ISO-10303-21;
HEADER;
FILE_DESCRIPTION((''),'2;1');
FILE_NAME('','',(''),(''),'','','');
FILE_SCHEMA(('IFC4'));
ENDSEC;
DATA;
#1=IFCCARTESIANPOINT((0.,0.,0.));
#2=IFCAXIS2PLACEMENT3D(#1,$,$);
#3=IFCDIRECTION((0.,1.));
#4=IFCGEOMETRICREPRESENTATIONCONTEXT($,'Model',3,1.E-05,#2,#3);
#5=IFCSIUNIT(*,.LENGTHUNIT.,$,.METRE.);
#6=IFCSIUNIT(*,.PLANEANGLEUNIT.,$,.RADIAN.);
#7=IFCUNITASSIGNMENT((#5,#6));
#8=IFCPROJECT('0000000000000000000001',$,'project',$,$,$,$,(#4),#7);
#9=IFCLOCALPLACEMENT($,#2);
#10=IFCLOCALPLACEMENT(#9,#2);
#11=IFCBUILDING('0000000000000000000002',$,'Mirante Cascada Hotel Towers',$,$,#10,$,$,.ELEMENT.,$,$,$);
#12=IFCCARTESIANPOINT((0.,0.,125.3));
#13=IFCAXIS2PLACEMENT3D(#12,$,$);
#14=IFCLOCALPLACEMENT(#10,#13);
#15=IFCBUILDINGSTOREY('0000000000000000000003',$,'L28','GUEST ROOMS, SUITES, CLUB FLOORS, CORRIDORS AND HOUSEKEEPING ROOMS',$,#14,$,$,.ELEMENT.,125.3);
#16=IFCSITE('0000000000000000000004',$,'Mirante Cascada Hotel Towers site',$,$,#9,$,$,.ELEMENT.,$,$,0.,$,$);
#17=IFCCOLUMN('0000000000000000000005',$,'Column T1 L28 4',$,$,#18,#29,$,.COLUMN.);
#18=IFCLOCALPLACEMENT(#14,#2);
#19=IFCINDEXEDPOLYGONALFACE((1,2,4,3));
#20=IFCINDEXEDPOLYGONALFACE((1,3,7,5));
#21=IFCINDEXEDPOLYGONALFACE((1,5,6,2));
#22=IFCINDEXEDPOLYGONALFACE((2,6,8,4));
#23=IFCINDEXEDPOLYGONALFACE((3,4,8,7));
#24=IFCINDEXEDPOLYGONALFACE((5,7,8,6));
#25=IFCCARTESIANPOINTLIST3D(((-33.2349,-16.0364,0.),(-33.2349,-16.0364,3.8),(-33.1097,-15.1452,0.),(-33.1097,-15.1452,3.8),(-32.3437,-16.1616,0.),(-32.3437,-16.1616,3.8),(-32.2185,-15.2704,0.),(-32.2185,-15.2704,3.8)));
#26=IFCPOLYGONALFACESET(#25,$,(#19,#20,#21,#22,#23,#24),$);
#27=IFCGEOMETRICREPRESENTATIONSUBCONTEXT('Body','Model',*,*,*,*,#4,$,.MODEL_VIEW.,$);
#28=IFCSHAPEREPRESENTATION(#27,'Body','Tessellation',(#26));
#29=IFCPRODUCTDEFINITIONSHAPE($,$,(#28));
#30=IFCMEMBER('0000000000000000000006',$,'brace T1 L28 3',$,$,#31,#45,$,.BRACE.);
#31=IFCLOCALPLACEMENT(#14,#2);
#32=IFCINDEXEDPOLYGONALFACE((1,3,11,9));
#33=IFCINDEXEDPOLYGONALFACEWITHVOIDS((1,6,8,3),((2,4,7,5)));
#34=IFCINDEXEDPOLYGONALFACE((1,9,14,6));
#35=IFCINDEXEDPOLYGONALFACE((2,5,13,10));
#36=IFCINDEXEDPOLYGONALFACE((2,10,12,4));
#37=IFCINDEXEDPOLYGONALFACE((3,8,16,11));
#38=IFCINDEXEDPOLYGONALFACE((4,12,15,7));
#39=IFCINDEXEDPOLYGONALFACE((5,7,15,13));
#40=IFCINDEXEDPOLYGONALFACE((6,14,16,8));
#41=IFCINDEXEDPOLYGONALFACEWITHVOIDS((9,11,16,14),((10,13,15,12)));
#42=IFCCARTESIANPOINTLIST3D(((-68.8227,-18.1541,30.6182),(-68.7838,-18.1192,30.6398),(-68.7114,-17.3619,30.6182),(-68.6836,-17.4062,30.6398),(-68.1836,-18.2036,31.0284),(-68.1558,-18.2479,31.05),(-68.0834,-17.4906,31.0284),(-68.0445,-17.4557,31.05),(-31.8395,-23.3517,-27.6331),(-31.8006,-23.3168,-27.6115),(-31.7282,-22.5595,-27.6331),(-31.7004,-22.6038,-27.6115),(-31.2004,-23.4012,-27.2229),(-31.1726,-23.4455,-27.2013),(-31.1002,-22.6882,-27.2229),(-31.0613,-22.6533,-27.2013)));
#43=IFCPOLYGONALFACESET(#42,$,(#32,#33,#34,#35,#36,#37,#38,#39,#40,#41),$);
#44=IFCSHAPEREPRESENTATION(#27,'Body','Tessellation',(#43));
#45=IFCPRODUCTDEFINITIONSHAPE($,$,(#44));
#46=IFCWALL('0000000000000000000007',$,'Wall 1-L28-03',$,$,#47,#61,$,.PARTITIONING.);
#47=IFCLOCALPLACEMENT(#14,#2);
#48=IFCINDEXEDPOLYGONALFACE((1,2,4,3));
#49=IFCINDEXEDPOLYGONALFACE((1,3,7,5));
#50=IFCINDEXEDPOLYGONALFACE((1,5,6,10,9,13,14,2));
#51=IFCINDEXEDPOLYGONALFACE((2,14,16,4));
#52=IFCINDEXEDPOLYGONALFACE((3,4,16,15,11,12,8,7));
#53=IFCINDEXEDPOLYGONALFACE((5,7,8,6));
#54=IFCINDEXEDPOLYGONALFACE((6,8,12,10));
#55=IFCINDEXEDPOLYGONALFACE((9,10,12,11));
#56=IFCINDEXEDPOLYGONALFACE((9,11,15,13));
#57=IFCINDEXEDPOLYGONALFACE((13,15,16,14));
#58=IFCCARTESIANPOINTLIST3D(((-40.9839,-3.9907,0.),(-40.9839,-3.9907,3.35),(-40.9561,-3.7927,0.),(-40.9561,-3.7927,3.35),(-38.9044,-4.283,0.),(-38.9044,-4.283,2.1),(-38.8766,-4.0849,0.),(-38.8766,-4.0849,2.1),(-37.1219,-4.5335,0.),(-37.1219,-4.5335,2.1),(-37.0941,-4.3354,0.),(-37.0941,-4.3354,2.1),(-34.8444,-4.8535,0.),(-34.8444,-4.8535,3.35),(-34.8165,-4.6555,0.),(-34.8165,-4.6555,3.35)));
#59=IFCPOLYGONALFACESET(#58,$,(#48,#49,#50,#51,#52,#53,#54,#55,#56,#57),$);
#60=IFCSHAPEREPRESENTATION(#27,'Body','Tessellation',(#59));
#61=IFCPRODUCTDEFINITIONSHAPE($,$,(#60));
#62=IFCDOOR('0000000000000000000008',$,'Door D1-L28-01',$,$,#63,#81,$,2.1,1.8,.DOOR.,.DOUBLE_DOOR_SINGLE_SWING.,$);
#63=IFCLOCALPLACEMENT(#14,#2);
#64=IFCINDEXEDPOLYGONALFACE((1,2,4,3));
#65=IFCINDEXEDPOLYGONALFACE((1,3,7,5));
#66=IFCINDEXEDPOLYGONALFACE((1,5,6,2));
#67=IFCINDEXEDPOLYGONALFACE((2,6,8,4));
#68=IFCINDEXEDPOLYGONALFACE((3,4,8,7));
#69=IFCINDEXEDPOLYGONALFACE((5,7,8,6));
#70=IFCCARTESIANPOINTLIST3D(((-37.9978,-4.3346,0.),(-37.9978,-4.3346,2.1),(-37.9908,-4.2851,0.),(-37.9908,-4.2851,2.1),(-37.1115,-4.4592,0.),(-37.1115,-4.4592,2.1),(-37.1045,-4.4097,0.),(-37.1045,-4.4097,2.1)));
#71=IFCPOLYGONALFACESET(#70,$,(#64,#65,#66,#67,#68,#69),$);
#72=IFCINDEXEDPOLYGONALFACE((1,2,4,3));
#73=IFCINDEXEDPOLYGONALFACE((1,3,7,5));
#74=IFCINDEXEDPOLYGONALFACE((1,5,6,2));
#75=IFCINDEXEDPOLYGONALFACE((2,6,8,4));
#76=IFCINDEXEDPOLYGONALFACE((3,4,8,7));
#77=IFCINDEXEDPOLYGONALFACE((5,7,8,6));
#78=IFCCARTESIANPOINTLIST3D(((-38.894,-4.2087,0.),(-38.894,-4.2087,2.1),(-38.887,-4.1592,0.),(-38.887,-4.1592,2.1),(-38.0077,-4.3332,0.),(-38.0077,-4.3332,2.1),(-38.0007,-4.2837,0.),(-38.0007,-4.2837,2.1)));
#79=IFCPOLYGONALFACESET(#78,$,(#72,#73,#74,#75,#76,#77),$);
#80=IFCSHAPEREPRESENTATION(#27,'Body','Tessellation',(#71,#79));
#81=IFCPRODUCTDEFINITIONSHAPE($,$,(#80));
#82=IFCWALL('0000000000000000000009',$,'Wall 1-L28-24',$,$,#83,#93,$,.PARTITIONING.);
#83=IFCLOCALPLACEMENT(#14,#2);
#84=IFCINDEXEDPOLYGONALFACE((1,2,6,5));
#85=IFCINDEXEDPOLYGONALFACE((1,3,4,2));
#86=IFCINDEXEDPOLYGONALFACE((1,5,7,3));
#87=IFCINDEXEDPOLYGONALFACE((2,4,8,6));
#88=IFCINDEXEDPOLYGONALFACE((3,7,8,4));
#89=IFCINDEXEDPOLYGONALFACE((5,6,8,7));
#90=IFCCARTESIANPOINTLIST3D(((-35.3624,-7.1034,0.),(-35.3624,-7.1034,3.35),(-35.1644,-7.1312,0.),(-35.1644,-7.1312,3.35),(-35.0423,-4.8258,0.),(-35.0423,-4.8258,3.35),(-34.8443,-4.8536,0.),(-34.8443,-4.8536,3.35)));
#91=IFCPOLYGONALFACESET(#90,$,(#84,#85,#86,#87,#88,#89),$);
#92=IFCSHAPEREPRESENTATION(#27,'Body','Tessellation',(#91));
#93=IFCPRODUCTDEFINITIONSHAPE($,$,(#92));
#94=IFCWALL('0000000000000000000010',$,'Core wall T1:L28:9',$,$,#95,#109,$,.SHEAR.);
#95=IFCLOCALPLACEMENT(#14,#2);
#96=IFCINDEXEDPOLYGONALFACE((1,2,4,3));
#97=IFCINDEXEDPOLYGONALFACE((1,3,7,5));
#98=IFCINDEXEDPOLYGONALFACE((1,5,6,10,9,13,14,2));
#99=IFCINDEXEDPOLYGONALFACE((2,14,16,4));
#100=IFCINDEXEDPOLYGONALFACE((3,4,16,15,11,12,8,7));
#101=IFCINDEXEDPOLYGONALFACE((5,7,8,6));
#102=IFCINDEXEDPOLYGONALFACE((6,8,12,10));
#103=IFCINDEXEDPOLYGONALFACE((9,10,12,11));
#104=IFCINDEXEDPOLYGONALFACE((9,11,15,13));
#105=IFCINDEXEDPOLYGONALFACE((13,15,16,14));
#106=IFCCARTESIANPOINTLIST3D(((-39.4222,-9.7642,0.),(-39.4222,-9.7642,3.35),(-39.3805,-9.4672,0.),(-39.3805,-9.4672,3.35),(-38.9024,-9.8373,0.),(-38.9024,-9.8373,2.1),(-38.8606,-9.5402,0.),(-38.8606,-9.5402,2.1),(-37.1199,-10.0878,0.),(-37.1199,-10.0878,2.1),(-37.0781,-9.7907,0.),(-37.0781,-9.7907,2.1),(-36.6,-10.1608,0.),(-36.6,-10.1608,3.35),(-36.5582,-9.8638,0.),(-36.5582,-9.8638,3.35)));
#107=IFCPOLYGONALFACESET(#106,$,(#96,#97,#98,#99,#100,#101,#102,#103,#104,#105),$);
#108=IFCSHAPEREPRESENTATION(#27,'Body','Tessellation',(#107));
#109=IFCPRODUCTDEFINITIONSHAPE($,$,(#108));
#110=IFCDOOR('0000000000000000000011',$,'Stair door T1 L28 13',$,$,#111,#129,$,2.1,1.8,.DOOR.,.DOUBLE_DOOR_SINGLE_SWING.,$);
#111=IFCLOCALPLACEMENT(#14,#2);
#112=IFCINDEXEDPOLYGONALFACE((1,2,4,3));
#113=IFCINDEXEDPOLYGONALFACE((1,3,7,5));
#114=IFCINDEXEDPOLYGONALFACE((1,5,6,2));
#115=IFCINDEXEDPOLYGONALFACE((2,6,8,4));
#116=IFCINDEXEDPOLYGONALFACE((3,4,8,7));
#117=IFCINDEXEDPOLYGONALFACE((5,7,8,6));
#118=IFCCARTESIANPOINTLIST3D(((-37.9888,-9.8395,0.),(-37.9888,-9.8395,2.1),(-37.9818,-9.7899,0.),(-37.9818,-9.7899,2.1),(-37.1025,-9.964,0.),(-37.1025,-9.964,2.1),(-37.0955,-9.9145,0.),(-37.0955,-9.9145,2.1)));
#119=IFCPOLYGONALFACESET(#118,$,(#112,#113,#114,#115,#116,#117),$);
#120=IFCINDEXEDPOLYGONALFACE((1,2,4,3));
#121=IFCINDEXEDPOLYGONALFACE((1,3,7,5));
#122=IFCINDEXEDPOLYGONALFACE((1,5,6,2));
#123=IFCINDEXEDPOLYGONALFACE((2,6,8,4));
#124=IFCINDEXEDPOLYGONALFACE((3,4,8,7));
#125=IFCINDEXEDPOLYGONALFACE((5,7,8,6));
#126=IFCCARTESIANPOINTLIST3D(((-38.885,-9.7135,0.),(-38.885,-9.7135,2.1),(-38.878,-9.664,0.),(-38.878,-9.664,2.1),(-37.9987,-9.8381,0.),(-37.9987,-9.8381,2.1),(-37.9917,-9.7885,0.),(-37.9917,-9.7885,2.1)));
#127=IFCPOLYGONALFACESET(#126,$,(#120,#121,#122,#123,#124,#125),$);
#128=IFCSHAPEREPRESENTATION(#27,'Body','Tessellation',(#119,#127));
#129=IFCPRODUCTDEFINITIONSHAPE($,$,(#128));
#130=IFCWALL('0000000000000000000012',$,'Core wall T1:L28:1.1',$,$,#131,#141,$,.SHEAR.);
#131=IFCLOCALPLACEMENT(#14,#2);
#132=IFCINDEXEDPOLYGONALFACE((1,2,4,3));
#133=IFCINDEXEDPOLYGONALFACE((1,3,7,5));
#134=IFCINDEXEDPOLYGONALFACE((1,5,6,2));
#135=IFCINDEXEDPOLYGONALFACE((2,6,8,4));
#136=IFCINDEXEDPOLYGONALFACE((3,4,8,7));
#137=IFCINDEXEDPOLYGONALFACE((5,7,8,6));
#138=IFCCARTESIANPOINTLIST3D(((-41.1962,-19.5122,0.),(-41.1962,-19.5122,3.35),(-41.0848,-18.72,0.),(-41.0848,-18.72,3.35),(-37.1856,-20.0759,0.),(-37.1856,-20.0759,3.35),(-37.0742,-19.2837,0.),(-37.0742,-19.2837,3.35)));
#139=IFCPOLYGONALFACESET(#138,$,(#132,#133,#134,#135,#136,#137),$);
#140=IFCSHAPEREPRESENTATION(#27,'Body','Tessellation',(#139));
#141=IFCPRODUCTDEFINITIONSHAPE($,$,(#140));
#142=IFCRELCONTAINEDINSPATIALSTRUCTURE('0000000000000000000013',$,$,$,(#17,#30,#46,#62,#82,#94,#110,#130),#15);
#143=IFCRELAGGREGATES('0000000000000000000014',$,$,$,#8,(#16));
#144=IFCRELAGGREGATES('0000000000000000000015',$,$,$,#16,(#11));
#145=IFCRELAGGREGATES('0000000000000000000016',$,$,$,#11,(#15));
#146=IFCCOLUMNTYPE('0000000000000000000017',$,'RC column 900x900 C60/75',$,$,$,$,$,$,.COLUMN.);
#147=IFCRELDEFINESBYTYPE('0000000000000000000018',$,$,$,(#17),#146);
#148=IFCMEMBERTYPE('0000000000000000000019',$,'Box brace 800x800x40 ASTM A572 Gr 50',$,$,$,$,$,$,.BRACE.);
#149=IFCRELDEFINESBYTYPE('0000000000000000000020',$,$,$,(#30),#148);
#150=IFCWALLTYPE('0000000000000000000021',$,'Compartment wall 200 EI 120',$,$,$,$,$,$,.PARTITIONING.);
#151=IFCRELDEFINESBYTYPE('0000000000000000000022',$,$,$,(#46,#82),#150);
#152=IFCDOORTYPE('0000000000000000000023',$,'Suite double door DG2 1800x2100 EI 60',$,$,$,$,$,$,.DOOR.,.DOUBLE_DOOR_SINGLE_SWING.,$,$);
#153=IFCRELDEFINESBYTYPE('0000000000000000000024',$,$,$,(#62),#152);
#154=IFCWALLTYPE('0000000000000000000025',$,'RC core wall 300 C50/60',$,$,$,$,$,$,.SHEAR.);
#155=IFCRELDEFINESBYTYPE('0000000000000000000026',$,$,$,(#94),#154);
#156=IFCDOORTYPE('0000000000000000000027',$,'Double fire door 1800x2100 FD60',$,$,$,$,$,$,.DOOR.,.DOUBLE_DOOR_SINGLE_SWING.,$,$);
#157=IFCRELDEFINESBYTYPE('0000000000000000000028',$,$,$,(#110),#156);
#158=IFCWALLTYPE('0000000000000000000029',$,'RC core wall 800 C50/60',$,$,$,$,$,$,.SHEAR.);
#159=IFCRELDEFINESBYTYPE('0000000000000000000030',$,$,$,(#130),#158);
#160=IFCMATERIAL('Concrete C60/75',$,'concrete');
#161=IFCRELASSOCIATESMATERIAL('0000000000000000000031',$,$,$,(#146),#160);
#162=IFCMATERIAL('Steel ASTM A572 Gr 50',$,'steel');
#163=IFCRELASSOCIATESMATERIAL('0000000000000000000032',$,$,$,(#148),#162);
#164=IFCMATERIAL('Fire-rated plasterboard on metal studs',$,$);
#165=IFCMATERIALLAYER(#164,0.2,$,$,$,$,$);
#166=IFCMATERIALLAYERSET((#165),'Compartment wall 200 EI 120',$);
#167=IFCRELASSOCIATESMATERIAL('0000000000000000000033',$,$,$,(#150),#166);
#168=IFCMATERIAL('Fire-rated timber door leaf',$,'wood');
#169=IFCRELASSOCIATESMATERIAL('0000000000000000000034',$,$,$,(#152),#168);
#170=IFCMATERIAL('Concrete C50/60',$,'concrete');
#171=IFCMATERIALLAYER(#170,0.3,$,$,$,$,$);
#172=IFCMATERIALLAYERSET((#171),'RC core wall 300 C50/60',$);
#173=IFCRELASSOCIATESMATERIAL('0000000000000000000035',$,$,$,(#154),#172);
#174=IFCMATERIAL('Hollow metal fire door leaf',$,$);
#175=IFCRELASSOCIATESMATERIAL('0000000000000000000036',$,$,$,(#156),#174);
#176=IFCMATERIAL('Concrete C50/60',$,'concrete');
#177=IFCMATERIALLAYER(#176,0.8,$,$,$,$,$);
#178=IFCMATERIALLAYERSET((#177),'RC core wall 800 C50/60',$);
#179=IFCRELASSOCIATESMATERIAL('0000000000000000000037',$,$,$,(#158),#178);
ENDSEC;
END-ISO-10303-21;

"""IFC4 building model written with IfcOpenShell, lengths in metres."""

from ifc_helpers import new_model, si_unit, direction, frame, frame_2d, origin, origin_2d, place, context, subcontext, project, spatial, rectangle, hollow_rectangle, extrude, material, layer, layer_set, material_profile, profile_set, type_object, element, fill, save


model = new_model("IFC4")

# Units and contexts
model_context = context("Model", 3, precision=1e-05, world=origin(), true_north=direction((0.0, 1.0)))
body_context = subcontext(model_context, "Body", "Model", "MODEL_VIEW")
ifc_project = project(units=[si_unit("LENGTHUNIT", "METRE"), si_unit("PLANEANGLEUNIT", "RADIAN")], contexts=[model_context])

# Site, building, storey
site_placement = place(None, origin())
site = spatial("IfcSite", under=ifc_project, at=site_placement, Name="Mirante Cascada Hotel Towers site", CompositionType="ELEMENT", RefElevation=0.0)
building_placement = place(site_placement, origin())
building = spatial("IfcBuilding", under=site, at=building_placement, Name="Mirante Cascada Hotel Towers", CompositionType="ELEMENT")
storey_placement = place(building_placement, frame((0.0, 0.0, 125.3)))
storey = spatial("IfcBuildingStorey", under=building, at=storey_placement, Name="L28", Description="GUEST ROOMS, SUITES, CLUB FLOORS, CORRIDORS AND HOUSEKEEPING ROOMS", CompositionType="ELEMENT", Elevation=125.3)

# Column
ifc_material_1 = material(Name="Concrete C60/75", Category="concrete")
ifc_material_profile_1 = material_profile(ifc_material_1, rectangle(XDim=0.9, YDim=0.9, at=origin_2d()), Name="RC column 900x900 C60/75")
ifc_profile_set_1 = profile_set([ifc_material_profile_1], Name="Concrete C60/75")
column_type = type_object("IfcColumnType", Name="RC column 900x900 C60/75", PredefinedType="COLUMN", material=ifc_profile_set_1)
column_placement = place(storey_placement, frame((-32.7267, -15.6534, 0.0), z_axis=(0.0, 0.0, 1.0), x_axis=(-0.990268, 0.139173, 0.0)))
element("IfcColumn", 1, at=column_placement, inside=storey, type_object=column_type, Name="Column T1 L28 4", PredefinedType="COLUMN", context=body_context, shape_type="SweptSolid", body=[
    extrude(rectangle(XDim=0.9, YDim=0.9, at=origin_2d()), origin(), (0.0, 0.0, 1.0), 3.8),
])

# Member
ifc_material_2 = material(Name="Steel ASTM A572 Gr 50", Category="steel")
ifc_material_profile_2 = material_profile(ifc_material_2, hollow_rectangle(XDim=0.8, YDim=0.8, WallThickness=0.04, at=origin_2d()), Name="Box brace 800x800x40 ASTM A572 Gr 50")
ifc_profile_set_2 = profile_set([ifc_material_profile_2], Name="Steel ASTM A572 Gr 50")
member_type = type_object("IfcMemberType", Name="Box brace 800x800x40 ASTM A572 Gr 50", PredefinedType="BRACE", material=ifc_profile_set_2)
member_placement = place(storey_placement, frame((-31.4504, -23.0025, -27.4172), z_axis=(-0.534476, 0.075115, 0.841839), x_axis=(-0.139172, -0.990268, 0.0)))
element("IfcMember", 2, at=member_placement, inside=storey, type_object=member_type, Name="brace T1 L28 3", PredefinedType="BRACE", context=body_context, shape_type="SweptSolid", body=[
    extrude(hollow_rectangle(XDim=0.8, YDim=0.8, WallThickness=0.04, at=origin_2d()), origin(), (0.0, 0.0, 1.0), 69.1953),
])

# Wall, opening, door
ifc_material_3 = material(Name="Fire-rated plasterboard on metal studs")
ifc_layer_1 = layer(ifc_material_3, 0.2)
ifc_layer_set_1 = layer_set([ifc_layer_1], Name="Compartment wall 200 EI 120")
wall_type_1 = type_object("IfcWallType", Name="Compartment wall 200 EI 120", PredefinedType="PARTITIONING", material=ifc_layer_set_1)
wall_1_placement = place(storey_placement, frame((-34.8304, -4.7545, 0.0), z_axis=(0.0, 0.0, 1.0), x_axis=(-0.99027, 0.139163, 0.0)))
wall_1 = element("IfcWall", 3, at=wall_1_placement, inside=storey, type_object=wall_type_1, Name="Wall 1-L28-03", PredefinedType="PARTITIONING", context=body_context, shape_type="SweptSolid", body=[
    extrude(rectangle(XDim=6.1999, YDim=0.2, at=frame_2d((3.1, 0.0))), origin(), (0.0, 0.0, 1.0), 3.35),
])
opening_1_placement = place(wall_1_placement, frame((2.3, 0.0, 0.0)))
opening_1 = element("IfcOpeningElement", 4, at=opening_1_placement, cuts=wall_1, PredefinedType="OPENING", context=body_context, shape_type="SweptSolid", body=[
    extrude(rectangle(XDim=1.8, YDim=2.1, at=frame_2d((0.9, 1.05))), frame((0.0, 0.1, 0.0), z_axis=(0.0, -1.0, 0.0), x_axis=(1.0, 0.0, 0.0)), (0.0, 0.0, 1.0), 0.2),
])
ifc_material_4 = material(Name="Fire-rated timber door leaf", Category="wood")
door_type_1 = type_object("IfcDoorType", Name="Suite double door DG2 1800x2100 EI 60", OperationType="DOUBLE_DOOR_SINGLE_SWING", PredefinedType="DOOR", material=ifc_material_4)
door_1_placement = place(opening_1_placement, origin())
door_1 = element("IfcDoor", 5, at=door_1_placement, inside=storey, type_object=door_type_1, Name="Door D1-L28-01", OperationType="DOUBLE_DOOR_SINGLE_SWING", OverallHeight=2.1, OverallWidth=1.8, PredefinedType="DOOR", context=body_context, shape_type="SweptSolid", body=[
    extrude(rectangle(XDim=0.895, YDim=2.1, at=frame_2d((0.4475, 1.05))), frame((0.0, 0.025, 0.0), z_axis=(0.0, -1.0, 0.0), x_axis=(1.0, 0.0, 0.0)), (0.0, 0.0, 1.0), 0.05),
    extrude(rectangle(XDim=0.895, YDim=2.1, at=frame_2d((1.3525, 1.05))), frame((0.0, 0.025, 0.0), z_axis=(0.0, -1.0, 0.0), x_axis=(1.0, 0.0, 0.0)), (0.0, 0.0, 1.0), 0.05),
])
fill(opening_1, door_1)

# Wall
wall_2_placement = place(storey_placement, frame((-34.9433, -4.8397, 0.0), z_axis=(0.0, 0.0, 1.0), x_axis=(-0.139175, -0.990268, 0.0)))
element("IfcWall", 6, at=wall_2_placement, inside=storey, type_object=wall_type_1, Name="Wall 1-L28-24", PredefinedType="PARTITIONING", context=body_context, shape_type="SweptSolid", body=[
    extrude(rectangle(XDim=2.3, YDim=0.2, at=frame_2d((1.15, 0.0))), origin(), (0.0, 0.0, 1.0), 3.35),
])

# Wall, opening, door
ifc_material_5 = material(Name="Concrete C50/60", Category="concrete")
ifc_layer_2 = layer(ifc_material_5, 0.3)
ifc_layer_set_2 = layer_set([ifc_layer_2], Name="RC core wall 300 C50/60")
wall_type_2 = type_object("IfcWallType", Name="RC core wall 300 C50/60", PredefinedType="SHEAR", material=ifc_layer_set_2)
wall_3_placement = place(storey_placement, frame((-36.5791, -10.0123, 0.0), z_axis=(0.0, 0.0, 1.0), x_axis=(-0.99027, 0.139156, 0.0)))
wall_3 = element("IfcWall", 7, at=wall_3_placement, inside=storey, type_object=wall_type_2, Name="Core wall T1:L28:9", PredefinedType="SHEAR", context=body_context, shape_type="SweptSolid", body=[
    extrude(rectangle(XDim=2.85, YDim=0.3, at=frame_2d((1.425, 0.0))), origin(), (0.0, 0.0, 1.0), 3.35),
])
opening_2_placement = place(wall_3_placement, frame((0.525, 0.0, 0.0)))
opening_2 = element("IfcOpeningElement", 8, at=opening_2_placement, cuts=wall_3, PredefinedType="OPENING", context=body_context, shape_type="SweptSolid", body=[
    extrude(rectangle(XDim=1.8, YDim=2.1, at=frame_2d((0.9, 1.05))), frame((0.0, 0.15, 0.0), z_axis=(0.0, -1.0, 0.0), x_axis=(1.0, 0.0, 0.0)), (0.0, 0.0, 1.0), 0.3),
])
ifc_material_6 = material(Name="Hollow metal fire door leaf")
door_type_2 = type_object("IfcDoorType", Name="Double fire door 1800x2100 FD60", OperationType="DOUBLE_DOOR_SINGLE_SWING", PredefinedType="DOOR", material=ifc_material_6)
door_2_placement = place(opening_2_placement, origin())
door_2 = element("IfcDoor", 9, at=door_2_placement, inside=storey, type_object=door_type_2, Name="Stair door T1 L28 13", OperationType="DOUBLE_DOOR_SINGLE_SWING", OverallHeight=2.1, OverallWidth=1.8, PredefinedType="DOOR", context=body_context, shape_type="SweptSolid", body=[
    extrude(rectangle(XDim=0.895, YDim=2.1, at=frame_2d((0.4475, 1.05))), frame((0.0, 0.025, 0.0), z_axis=(0.0, -1.0, 0.0), x_axis=(1.0, 0.0, 0.0)), (0.0, 0.0, 1.0), 0.05),
    extrude(rectangle(XDim=0.895, YDim=2.1, at=frame_2d((1.3525, 1.05))), frame((0.0, 0.025, 0.0), z_axis=(0.0, -1.0, 0.0), x_axis=(1.0, 0.0, 0.0)), (0.0, 0.0, 1.0), 0.05),
])
fill(opening_2, door_2)

# Wall
ifc_material_7 = material(Name="Concrete C50/60", Category="concrete")
ifc_layer_3 = layer(ifc_material_7, 0.8)
ifc_layer_set_3 = layer_set([ifc_layer_3], Name="RC core wall 800 C50/60")
wall_type_3 = type_object("IfcWallType", Name="RC core wall 800 C50/60", PredefinedType="SHEAR", material=ifc_layer_set_3)
wall_4_placement = place(storey_placement, frame((-37.1299, -19.6798, 0.0), z_axis=(0.0, 0.0, 1.0), x_axis=(-0.990267, 0.139184, 0.0)))
element("IfcWall", 10, at=wall_4_placement, inside=storey, type_object=wall_type_3, Name="Core wall T1:L28:1.1", PredefinedType="SHEAR", context=body_context, shape_type="SweptSolid", body=[
    extrude(rectangle(XDim=4.05, YDim=0.8, at=frame_2d((2.025, 0.0))), origin(), (0.0, 0.0, 1.0), 3.35),
])

save(model, "model.ifc")
